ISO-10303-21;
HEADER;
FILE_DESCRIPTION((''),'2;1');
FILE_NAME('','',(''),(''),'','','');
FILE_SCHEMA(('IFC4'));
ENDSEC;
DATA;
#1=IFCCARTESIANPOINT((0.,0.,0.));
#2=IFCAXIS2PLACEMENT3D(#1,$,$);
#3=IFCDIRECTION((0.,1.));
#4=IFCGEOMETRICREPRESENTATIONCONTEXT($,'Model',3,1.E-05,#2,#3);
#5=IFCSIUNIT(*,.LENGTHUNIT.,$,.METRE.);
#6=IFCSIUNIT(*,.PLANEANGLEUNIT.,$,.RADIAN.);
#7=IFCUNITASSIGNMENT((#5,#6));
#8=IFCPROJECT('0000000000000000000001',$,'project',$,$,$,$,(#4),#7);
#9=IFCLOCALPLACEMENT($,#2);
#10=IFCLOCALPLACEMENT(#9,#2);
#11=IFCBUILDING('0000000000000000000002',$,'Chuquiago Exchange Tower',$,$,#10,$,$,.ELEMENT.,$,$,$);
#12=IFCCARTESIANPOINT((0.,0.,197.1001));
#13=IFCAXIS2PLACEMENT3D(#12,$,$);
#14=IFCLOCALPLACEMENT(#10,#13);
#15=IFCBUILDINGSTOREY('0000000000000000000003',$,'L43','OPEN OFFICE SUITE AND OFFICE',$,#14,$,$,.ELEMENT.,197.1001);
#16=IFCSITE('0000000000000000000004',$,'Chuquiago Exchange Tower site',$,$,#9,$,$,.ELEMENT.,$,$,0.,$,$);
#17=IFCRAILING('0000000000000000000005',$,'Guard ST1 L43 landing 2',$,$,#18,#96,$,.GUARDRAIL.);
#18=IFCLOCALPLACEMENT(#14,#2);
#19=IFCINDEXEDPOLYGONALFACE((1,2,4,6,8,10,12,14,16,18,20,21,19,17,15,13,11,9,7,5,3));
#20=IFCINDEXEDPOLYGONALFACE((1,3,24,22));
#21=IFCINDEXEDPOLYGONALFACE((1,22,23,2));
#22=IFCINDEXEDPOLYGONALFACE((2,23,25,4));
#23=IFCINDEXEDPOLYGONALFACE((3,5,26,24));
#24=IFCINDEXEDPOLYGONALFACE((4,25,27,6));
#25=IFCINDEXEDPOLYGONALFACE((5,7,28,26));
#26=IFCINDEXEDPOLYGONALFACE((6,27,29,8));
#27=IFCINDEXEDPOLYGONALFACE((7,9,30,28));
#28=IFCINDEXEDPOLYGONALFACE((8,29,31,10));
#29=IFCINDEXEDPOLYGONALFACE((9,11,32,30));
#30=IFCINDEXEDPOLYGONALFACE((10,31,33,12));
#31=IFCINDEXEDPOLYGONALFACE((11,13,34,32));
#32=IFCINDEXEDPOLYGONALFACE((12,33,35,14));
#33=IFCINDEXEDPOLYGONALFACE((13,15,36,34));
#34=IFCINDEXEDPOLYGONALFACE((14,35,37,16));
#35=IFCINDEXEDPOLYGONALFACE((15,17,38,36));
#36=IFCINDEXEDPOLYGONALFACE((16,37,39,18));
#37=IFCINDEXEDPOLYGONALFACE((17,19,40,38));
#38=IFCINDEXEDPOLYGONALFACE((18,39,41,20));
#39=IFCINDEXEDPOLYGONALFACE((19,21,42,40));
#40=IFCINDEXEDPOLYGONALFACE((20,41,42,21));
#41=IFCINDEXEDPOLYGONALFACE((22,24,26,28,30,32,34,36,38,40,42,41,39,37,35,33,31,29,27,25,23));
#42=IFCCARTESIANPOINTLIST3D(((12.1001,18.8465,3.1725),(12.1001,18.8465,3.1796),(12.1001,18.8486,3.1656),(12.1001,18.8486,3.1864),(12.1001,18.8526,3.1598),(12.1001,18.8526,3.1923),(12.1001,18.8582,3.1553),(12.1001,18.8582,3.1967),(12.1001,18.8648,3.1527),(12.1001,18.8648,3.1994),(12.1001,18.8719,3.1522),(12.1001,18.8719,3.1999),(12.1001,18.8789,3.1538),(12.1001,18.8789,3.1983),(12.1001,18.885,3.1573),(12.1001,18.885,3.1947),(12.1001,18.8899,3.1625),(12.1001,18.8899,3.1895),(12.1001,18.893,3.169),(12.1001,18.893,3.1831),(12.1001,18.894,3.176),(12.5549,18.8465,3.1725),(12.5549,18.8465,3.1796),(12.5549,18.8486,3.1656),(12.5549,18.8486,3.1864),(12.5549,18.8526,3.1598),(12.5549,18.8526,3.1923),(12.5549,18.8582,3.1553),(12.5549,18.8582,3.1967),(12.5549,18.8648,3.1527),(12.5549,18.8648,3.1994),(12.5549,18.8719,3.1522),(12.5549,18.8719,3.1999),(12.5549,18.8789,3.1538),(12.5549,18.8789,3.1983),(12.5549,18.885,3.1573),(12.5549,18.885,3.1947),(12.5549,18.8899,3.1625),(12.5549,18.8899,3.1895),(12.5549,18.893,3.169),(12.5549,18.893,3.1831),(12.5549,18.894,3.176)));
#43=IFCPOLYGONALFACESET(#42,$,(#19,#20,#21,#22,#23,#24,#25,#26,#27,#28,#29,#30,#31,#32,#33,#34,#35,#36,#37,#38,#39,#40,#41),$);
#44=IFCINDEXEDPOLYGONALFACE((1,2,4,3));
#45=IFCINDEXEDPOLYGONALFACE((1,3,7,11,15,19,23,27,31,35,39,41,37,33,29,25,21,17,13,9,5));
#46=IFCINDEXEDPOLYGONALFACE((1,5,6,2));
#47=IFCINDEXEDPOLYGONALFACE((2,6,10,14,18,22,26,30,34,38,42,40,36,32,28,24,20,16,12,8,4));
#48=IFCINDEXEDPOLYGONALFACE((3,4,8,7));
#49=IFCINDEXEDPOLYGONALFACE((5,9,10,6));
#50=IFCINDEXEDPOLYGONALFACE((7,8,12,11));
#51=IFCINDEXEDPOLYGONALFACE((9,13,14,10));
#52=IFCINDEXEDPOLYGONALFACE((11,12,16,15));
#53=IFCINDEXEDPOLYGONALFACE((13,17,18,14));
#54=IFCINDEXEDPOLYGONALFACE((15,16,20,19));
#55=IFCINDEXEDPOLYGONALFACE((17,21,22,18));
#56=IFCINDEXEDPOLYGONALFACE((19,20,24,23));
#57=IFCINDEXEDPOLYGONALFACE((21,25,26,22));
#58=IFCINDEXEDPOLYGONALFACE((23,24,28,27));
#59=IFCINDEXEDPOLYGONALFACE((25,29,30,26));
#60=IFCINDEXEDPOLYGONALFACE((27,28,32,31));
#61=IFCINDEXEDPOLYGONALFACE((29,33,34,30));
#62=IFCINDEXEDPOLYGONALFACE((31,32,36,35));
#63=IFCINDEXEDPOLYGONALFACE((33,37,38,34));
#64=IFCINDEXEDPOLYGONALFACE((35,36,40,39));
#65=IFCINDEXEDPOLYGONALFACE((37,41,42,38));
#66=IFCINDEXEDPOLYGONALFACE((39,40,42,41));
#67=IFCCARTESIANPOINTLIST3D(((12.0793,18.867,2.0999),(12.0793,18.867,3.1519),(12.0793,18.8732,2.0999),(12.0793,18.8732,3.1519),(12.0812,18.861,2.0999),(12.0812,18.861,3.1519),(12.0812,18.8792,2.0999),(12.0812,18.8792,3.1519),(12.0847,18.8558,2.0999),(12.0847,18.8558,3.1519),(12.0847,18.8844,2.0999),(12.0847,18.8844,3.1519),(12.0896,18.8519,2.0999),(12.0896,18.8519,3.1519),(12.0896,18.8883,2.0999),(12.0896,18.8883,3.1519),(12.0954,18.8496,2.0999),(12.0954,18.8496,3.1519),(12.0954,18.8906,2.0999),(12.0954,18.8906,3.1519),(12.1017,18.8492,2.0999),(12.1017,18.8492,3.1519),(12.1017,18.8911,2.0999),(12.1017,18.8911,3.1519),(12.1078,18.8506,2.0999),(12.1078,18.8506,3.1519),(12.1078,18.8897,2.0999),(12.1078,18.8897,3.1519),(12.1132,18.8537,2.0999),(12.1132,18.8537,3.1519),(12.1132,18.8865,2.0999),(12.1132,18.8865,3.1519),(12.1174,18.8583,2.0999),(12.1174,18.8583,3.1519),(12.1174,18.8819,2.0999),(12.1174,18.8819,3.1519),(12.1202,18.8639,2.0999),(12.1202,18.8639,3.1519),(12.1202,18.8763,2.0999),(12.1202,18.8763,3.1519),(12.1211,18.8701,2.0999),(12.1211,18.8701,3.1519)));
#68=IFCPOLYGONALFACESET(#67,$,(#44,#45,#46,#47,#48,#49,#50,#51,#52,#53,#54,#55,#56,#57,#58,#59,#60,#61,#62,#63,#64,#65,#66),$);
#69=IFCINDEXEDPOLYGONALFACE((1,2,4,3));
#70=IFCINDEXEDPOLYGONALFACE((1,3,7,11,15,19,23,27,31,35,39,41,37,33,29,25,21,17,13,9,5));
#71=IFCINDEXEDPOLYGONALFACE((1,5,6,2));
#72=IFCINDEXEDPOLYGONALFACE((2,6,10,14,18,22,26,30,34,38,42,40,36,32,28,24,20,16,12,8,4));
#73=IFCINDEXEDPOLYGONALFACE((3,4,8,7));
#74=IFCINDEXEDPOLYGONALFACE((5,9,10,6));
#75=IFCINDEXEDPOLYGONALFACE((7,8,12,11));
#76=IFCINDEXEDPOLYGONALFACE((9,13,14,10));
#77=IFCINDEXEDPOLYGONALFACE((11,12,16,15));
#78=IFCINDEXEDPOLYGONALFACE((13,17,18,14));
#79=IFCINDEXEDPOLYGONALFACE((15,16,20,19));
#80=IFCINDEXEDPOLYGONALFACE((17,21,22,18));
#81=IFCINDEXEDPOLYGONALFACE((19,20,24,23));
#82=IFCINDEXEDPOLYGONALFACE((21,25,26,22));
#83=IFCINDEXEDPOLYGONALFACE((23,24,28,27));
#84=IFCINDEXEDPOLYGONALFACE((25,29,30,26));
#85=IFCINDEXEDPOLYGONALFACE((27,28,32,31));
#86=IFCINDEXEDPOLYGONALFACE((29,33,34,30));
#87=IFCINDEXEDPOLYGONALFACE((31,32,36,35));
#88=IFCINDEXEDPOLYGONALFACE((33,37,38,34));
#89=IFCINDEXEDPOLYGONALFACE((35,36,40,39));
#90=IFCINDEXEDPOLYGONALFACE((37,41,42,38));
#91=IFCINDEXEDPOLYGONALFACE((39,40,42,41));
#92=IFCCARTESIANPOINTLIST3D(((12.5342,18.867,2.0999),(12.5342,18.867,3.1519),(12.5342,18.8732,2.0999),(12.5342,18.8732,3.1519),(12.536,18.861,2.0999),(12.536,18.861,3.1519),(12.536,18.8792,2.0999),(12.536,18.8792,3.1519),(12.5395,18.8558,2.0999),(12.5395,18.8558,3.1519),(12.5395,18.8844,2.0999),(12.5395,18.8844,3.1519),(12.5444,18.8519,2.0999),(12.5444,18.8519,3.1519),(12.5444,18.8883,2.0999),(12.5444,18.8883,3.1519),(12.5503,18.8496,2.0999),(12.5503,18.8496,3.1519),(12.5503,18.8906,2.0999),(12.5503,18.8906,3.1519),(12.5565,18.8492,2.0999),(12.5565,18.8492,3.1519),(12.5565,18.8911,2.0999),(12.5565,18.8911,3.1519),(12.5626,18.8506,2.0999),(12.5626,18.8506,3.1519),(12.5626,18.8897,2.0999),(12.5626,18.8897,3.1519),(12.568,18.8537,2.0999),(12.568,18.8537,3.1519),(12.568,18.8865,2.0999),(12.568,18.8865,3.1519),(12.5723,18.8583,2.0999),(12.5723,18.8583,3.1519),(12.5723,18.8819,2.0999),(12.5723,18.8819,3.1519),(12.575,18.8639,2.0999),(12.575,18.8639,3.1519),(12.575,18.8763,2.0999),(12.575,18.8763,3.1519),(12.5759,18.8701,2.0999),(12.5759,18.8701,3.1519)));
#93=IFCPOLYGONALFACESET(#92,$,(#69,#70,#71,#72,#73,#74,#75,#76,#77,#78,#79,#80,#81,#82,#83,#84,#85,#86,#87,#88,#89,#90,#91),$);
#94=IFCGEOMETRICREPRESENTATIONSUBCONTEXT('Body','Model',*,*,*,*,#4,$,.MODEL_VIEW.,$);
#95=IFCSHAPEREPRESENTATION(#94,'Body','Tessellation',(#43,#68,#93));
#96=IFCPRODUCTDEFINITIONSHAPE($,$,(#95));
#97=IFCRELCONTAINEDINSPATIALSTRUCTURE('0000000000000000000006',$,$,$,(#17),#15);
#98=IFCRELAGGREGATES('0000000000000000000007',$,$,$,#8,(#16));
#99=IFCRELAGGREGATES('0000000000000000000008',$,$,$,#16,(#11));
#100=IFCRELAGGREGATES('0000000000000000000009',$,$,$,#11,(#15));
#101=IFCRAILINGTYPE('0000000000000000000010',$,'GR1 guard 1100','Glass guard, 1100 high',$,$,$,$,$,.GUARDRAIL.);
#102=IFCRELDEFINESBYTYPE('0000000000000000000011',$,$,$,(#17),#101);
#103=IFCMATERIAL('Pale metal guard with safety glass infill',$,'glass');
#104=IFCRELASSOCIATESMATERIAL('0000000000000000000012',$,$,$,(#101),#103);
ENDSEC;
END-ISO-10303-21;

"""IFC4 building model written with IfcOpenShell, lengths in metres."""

from ifc_helpers import new_model, si_unit, direction, frame, origin, origin_2d, place, context, subcontext, project, spatial, circle, extrude, material, type_object, element, save


model = new_model("IFC4")

# Units and contexts
model_context = context("Model", 3, precision=1e-05, world=origin(), true_north=direction((0.0, 1.0)))
body_context = subcontext(model_context, "Body", "Model", "MODEL_VIEW")
ifc_project = project(units=[si_unit("LENGTHUNIT", "METRE"), si_unit("PLANEANGLEUNIT", "RADIAN")], contexts=[model_context])

# Site, building, storey
site_placement = place(None, origin())
site = spatial("IfcSite", under=ifc_project, at=site_placement, Name="Chuquiago Exchange Tower site", CompositionType="ELEMENT", RefElevation=0.0)
building_placement = place(site_placement, origin())
building = spatial("IfcBuilding", under=site, at=building_placement, Name="Chuquiago Exchange Tower", CompositionType="ELEMENT")
storey_placement = place(building_placement, frame((0.0, 0.0, 197.1001)))
storey = spatial("IfcBuildingStorey", under=building, at=storey_placement, Name="L43", Description="OPEN OFFICE SUITE AND OFFICE", CompositionType="ELEMENT", Elevation=197.1001)

# Railing
ifc_material_1 = material(Name="Pale metal guard with safety glass infill", Category="glass")
railing_type = type_object("IfcRailingType", Name="GR1 guard 1100", Description="Glass guard, 1100 high", PredefinedType="GUARDRAIL", material=ifc_material_1)
railing_placement = place(storey_placement, frame((12.1001, 18.8701, 2.0999)))
element("IfcRailing", 1, at=railing_placement, inside=storey, type_object=railing_type, Name="Guard ST1 L43 landing 2", PredefinedType="GUARDRAIL", context=body_context, shape_type="SweptSolid", body=[
    extrude(circle(Radius=0.0239, at=origin_2d()), frame((0.0, 0.0, 1.0762), z_axis=(1.0, 0.0, 0.0), x_axis=(0.0, 1.0, 0.0)), (0.0, 0.0, 1.0), 0.4548),
    extrude(circle(Radius=0.021, at=origin_2d()), origin(), (0.0, 0.0, 1.0), 1.052),
    extrude(circle(Radius=0.021, at=origin_2d()), frame((0.4548, 0.0, 0.0)), (0.0, 0.0, 1.0), 1.052),
])

save(model, "model.ifc")
